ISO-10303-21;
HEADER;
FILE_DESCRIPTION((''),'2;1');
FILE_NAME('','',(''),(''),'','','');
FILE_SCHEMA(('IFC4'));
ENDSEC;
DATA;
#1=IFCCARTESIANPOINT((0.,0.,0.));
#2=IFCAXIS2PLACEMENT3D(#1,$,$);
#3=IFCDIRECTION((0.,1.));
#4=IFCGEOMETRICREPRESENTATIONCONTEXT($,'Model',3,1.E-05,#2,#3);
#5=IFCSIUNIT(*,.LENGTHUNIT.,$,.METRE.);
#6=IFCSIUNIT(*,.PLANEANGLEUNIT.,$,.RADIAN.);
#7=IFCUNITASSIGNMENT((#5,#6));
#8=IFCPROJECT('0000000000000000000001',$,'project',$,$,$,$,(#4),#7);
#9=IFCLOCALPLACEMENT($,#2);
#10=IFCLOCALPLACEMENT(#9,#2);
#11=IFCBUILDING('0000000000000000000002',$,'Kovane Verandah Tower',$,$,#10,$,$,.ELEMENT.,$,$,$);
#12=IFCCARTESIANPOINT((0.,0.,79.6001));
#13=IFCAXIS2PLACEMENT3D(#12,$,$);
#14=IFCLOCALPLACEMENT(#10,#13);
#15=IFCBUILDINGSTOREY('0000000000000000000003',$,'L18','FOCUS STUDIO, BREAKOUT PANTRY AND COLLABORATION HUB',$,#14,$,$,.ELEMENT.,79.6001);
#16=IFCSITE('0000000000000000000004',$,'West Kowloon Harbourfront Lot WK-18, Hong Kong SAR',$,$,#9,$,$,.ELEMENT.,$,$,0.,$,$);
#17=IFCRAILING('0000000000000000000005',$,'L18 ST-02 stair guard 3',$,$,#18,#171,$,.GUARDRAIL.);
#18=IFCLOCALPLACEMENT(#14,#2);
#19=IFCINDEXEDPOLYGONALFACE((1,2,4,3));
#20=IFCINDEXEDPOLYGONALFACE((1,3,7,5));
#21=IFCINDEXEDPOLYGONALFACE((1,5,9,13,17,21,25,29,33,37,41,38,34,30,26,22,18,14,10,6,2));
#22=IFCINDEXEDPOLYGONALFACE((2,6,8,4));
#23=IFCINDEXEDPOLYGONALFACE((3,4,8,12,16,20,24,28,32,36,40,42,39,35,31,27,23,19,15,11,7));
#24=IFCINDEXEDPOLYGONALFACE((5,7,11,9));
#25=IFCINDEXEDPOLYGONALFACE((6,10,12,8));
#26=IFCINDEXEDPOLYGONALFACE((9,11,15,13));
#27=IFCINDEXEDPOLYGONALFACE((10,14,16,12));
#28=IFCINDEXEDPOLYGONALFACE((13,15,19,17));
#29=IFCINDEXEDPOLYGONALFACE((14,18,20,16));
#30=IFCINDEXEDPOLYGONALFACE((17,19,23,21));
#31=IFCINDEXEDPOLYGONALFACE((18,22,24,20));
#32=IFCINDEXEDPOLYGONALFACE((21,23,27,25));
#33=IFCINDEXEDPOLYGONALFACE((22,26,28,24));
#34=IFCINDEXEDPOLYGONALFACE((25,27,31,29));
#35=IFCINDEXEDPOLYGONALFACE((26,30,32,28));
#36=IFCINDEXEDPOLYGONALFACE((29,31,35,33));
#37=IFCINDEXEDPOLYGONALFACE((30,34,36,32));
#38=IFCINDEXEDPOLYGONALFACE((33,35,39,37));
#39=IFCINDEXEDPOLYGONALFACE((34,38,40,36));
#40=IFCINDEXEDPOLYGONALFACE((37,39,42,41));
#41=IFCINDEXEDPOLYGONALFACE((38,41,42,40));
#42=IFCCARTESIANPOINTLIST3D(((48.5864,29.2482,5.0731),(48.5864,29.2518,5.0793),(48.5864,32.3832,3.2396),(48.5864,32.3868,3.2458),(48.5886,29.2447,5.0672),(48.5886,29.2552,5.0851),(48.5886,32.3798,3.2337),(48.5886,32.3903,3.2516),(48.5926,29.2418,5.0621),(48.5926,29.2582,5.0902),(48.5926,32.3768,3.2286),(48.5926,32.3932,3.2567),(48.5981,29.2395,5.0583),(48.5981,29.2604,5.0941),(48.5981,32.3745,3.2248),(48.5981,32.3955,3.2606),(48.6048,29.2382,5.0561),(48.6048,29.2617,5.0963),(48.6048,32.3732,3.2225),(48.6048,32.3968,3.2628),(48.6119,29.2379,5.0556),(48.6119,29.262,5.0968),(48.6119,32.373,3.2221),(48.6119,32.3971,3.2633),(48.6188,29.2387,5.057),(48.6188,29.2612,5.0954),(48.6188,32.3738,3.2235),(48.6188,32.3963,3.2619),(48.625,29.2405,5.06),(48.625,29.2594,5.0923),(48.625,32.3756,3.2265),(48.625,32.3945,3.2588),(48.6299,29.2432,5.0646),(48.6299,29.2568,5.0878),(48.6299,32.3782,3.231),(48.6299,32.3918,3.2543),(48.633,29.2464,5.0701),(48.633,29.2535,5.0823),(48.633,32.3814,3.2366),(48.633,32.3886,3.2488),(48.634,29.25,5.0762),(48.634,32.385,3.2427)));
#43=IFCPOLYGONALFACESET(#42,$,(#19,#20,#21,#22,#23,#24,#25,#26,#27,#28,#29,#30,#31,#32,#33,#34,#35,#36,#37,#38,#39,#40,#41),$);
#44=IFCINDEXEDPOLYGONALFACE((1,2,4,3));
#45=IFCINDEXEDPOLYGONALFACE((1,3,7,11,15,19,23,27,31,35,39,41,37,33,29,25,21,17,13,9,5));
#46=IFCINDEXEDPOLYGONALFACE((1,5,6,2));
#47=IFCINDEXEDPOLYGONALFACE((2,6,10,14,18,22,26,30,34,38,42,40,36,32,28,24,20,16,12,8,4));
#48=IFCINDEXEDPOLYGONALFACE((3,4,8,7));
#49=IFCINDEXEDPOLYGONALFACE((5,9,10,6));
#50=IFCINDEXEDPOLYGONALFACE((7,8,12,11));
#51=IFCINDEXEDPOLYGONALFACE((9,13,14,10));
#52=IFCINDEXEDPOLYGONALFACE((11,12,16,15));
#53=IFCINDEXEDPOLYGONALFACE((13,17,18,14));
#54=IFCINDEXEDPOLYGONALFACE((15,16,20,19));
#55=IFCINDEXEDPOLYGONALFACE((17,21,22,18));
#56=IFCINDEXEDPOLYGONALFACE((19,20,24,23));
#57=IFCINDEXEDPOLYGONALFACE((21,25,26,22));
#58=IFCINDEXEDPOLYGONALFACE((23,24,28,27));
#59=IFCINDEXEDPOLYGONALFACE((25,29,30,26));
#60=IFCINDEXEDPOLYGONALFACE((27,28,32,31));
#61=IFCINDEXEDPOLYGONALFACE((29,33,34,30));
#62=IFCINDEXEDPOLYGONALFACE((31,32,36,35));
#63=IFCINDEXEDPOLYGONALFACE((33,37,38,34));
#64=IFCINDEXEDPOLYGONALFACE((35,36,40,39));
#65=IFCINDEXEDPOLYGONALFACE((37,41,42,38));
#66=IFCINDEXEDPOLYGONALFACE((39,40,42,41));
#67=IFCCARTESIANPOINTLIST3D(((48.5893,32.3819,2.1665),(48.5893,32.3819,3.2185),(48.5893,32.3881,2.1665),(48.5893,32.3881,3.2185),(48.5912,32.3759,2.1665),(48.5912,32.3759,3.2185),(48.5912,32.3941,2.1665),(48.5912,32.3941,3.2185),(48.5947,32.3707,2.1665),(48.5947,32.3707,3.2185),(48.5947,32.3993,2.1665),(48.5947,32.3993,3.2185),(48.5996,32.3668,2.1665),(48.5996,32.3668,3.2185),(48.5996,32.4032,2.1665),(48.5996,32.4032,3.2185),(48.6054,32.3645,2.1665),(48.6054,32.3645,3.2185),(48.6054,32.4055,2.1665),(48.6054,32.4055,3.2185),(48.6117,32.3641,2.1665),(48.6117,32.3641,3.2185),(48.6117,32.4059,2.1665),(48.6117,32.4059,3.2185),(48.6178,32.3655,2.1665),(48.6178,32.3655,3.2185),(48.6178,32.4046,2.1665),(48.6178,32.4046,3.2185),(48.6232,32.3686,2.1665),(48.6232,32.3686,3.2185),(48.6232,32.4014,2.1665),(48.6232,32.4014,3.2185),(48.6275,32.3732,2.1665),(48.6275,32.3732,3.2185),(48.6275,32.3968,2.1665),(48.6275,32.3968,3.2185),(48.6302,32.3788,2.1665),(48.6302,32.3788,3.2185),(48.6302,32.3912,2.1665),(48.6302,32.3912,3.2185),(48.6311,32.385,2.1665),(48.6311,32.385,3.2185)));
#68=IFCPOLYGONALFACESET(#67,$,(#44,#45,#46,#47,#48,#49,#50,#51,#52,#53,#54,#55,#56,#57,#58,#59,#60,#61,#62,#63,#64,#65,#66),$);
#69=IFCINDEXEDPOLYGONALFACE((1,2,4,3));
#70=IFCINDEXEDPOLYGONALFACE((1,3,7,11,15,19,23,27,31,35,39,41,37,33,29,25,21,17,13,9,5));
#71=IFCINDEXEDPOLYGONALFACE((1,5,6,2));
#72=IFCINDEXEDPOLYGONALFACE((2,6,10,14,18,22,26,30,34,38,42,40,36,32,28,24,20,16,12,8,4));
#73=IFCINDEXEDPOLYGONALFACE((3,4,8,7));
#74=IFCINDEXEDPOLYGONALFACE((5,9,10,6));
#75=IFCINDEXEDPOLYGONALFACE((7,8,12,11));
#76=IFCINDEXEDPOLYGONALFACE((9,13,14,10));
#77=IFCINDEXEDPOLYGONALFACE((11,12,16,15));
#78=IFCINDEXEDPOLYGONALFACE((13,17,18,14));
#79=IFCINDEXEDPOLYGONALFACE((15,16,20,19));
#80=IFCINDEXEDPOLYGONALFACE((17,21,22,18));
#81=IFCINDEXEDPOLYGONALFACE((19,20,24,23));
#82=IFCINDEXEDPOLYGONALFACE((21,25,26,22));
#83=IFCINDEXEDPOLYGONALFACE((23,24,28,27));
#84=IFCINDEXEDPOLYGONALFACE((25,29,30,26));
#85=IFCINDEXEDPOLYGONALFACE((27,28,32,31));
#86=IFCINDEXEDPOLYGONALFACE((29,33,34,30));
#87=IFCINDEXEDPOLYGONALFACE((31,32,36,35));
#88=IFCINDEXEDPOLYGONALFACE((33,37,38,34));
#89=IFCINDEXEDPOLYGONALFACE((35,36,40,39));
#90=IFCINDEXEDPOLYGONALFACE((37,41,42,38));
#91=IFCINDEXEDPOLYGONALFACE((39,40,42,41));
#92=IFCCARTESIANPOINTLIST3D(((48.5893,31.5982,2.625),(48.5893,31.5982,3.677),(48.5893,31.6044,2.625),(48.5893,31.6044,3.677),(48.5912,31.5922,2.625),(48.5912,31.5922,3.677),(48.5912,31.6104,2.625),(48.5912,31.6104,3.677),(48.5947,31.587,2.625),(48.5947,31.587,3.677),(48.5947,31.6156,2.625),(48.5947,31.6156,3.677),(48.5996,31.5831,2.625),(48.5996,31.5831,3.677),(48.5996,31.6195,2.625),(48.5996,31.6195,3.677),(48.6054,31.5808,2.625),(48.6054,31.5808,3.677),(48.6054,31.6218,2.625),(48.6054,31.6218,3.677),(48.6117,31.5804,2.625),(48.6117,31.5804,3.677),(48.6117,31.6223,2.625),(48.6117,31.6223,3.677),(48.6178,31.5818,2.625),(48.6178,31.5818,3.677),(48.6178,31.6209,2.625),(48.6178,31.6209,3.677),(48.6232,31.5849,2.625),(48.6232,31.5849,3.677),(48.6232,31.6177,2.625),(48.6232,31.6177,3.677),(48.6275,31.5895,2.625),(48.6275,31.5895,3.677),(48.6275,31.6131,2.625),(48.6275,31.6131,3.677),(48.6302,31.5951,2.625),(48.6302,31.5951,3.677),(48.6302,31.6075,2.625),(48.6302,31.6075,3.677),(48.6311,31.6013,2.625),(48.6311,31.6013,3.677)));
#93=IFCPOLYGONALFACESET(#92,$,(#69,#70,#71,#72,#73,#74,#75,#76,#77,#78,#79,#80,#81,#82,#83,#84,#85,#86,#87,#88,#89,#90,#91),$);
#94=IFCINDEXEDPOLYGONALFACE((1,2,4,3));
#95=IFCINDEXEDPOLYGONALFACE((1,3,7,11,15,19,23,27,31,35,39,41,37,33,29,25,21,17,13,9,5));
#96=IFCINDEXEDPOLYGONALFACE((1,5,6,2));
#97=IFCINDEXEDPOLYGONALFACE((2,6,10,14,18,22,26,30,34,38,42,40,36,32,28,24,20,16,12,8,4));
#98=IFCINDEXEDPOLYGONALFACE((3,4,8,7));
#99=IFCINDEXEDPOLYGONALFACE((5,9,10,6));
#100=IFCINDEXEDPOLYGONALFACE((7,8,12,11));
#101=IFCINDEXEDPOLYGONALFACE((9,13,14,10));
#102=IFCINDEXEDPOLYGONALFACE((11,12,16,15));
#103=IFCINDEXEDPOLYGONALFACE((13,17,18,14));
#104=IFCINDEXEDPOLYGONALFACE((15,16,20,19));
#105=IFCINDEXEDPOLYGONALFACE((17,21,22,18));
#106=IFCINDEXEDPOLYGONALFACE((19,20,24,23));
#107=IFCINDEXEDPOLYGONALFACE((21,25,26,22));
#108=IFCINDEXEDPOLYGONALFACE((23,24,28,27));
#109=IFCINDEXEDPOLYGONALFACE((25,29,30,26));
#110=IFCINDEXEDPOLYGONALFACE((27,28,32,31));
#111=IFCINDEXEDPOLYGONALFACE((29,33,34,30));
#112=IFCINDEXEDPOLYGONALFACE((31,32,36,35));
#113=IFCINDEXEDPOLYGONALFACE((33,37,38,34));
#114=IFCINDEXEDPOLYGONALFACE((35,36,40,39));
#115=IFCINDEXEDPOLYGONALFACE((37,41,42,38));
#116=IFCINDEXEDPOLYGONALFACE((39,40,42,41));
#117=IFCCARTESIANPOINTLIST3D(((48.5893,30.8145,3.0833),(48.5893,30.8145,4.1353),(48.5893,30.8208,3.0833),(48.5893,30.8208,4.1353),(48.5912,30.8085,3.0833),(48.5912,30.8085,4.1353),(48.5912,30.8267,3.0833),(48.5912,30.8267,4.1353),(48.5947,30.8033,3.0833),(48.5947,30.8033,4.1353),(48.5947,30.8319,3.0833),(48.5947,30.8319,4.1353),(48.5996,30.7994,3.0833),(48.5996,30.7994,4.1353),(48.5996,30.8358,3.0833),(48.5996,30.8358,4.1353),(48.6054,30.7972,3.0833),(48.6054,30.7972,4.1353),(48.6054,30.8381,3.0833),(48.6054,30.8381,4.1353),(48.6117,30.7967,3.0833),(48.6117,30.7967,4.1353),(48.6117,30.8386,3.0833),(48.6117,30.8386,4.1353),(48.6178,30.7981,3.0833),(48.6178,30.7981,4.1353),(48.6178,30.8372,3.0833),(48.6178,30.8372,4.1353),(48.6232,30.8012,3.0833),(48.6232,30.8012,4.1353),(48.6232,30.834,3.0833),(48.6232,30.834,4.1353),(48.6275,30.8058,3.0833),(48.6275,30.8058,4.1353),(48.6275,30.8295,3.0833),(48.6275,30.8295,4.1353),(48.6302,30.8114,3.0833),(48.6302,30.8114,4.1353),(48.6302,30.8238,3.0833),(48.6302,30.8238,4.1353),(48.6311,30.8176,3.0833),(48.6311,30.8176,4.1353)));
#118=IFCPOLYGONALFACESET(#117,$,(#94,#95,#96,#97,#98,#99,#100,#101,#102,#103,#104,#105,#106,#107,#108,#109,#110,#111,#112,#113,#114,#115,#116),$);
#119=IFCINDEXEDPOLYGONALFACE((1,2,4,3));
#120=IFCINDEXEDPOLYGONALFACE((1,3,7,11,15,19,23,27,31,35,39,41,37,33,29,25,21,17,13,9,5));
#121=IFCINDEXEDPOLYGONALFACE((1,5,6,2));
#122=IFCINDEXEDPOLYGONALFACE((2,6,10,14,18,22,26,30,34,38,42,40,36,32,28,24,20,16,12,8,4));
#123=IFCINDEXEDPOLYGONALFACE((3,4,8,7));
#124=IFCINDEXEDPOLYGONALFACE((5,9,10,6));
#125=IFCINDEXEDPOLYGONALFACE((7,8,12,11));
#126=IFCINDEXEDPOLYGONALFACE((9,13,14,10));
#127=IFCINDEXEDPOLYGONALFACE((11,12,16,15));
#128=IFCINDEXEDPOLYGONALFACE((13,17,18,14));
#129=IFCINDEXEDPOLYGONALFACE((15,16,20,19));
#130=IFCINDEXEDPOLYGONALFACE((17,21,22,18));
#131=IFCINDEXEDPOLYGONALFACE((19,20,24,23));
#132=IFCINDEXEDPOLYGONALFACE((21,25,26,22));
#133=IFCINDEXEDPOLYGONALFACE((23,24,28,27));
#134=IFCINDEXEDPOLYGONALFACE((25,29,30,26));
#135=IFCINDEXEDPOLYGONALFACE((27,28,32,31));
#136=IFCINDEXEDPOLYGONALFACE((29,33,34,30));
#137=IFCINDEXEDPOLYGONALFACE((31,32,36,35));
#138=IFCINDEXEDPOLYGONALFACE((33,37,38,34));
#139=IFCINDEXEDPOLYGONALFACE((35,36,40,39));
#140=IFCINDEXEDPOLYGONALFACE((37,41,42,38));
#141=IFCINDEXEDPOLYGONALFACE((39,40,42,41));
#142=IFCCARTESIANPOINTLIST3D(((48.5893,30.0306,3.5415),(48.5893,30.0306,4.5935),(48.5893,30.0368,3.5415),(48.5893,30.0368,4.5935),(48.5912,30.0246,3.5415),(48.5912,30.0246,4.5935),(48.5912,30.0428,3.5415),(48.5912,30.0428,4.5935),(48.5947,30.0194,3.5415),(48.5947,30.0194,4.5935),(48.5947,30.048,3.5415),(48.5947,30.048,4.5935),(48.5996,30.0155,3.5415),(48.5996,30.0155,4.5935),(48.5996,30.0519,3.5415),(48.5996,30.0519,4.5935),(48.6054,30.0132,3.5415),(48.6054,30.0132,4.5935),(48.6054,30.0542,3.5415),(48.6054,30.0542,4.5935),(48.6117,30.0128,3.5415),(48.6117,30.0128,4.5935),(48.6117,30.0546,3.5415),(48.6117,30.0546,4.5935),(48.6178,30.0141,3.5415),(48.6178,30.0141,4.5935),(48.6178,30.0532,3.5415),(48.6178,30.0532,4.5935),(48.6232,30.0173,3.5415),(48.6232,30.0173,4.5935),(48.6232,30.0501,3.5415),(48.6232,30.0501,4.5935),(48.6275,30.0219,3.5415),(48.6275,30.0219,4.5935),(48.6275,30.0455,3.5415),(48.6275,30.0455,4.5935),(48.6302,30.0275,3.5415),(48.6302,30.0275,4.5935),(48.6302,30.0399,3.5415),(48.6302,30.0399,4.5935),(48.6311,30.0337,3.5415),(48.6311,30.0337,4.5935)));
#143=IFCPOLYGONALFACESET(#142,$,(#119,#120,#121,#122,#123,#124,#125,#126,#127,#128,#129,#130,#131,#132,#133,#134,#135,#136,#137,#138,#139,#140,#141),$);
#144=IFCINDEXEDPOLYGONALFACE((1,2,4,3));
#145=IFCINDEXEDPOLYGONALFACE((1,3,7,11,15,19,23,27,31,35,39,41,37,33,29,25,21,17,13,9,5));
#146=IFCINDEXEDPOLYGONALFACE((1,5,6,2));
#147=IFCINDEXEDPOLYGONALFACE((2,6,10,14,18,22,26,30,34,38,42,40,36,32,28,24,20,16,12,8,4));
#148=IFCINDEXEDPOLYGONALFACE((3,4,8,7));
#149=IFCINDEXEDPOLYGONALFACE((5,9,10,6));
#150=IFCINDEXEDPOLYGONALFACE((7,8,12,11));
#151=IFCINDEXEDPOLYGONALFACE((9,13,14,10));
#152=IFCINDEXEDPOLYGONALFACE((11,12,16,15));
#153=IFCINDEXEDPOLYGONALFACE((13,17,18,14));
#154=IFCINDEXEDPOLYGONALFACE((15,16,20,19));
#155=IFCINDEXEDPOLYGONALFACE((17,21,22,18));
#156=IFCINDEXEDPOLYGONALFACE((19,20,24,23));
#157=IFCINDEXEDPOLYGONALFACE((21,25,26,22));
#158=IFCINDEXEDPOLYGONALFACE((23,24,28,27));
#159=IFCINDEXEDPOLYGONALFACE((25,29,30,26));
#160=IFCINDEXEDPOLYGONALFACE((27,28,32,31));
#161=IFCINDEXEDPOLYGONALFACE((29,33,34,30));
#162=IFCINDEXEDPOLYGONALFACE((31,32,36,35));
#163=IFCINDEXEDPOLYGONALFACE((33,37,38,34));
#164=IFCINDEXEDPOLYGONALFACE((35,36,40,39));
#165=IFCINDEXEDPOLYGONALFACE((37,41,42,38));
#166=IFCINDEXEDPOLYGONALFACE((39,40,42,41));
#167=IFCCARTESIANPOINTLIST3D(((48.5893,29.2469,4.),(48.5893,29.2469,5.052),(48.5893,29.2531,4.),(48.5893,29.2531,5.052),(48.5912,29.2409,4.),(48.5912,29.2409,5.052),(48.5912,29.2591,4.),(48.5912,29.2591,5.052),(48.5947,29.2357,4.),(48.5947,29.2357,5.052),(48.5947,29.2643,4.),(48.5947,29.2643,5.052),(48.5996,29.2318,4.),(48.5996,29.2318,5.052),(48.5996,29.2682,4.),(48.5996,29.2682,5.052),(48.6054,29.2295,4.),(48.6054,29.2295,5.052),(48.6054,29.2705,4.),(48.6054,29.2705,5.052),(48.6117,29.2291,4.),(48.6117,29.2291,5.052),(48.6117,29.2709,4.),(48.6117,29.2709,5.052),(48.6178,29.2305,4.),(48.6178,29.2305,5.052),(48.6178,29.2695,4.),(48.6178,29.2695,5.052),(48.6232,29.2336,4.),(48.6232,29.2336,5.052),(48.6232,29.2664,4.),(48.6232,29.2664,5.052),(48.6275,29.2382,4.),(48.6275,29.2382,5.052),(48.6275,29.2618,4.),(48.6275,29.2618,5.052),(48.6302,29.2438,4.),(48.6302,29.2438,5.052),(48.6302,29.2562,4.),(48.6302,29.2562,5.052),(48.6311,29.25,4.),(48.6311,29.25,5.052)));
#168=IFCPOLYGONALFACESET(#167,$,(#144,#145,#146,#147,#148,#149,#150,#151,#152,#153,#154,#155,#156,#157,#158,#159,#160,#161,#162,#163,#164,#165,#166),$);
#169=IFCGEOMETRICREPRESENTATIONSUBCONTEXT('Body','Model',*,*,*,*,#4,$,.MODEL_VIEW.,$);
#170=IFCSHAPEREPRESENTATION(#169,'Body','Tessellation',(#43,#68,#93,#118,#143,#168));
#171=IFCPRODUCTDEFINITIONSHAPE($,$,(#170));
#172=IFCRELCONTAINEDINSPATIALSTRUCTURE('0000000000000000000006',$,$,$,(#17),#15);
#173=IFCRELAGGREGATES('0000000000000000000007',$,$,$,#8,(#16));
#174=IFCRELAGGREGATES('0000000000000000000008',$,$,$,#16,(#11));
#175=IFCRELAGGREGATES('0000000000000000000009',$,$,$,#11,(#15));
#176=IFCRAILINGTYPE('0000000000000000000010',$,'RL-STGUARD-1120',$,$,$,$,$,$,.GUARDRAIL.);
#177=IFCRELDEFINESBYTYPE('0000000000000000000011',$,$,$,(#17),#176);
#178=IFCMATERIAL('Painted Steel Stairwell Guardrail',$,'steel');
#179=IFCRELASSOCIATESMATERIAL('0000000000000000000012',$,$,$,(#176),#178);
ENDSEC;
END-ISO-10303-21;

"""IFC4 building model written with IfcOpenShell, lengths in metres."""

from ifc_helpers import new_model, si_unit, direction, frame, origin, origin_2d, place, context, subcontext, project, spatial, circle, extrude, material, type_object, element, save


model = new_model("IFC4")

# Units and contexts
model_context = context("Model", 3, precision=1e-05, world=origin(), true_north=direction((0.0, 1.0)))
body_context = subcontext(model_context, "Body", "Model", "MODEL_VIEW")
ifc_project = project(units=[si_unit("LENGTHUNIT", "METRE"), si_unit("PLANEANGLEUNIT", "RADIAN")], contexts=[model_context])

# Site, building, storey
site_placement = place(None, origin())
site = spatial("IfcSite", under=ifc_project, at=site_placement, Name="West Kowloon Harbourfront Lot WK-18, Hong Kong SAR", CompositionType="ELEMENT", RefElevation=0.0)
building_placement = place(site_placement, origin())
building = spatial("IfcBuilding", under=site, at=building_placement, Name="Kovane Verandah Tower", CompositionType="ELEMENT")
storey_placement = place(building_placement, frame((0.0, 0.0, 79.6001)))
storey = spatial("IfcBuildingStorey", under=building, at=storey_placement, Name="L18", Description="FOCUS STUDIO, BREAKOUT PANTRY AND COLLABORATION HUB", CompositionType="ELEMENT", Elevation=79.6001)

# Railing
ifc_material_1 = material(Name="Painted Steel Stairwell Guardrail", Category="steel")
railing_type = type_object("IfcRailingType", Name="RL-STGUARD-1120", PredefinedType="GUARDRAIL", material=ifc_material_1)
railing_1_placement = place(storey_placement, frame((48.6101, 32.385, 2.1665)))
element("IfcRailing", 1, at=railing_1_placement, inside=storey, type_object=railing_type, Name="L18 ST-02 stair guard 3", PredefinedType="GUARDRAIL", context=body_context, shape_type="SweptSolid", body=[
    extrude(circle(Radius=0.0239, at=origin_2d()), frame((0.0, 0.0, 1.0762), z_axis=(0.0, -0.86321, 0.504845), x_axis=(1.0, 0.0, 0.0)), (0.0, 0.0, 1.0), 3.6318),
    extrude(circle(Radius=0.021, at=origin_2d()), origin(), (0.0, 0.0, 1.0), 1.052),
    extrude(circle(Radius=0.021, at=origin_2d()), frame((0.0, -0.7837, 0.4585)), (0.0, 0.0, 1.0), 1.052),
    extrude(circle(Radius=0.021, at=origin_2d()), frame((0.0, -1.5674, 0.9167)), (0.0, 0.0, 1.0), 1.052),
    extrude(circle(Radius=0.021, at=origin_2d()), frame((0.0, -2.3513, 1.375)), (0.0, 0.0, 1.0), 1.052),
    extrude(circle(Radius=0.021, at=origin_2d()), frame((0.0, -3.135, 1.8335)), (0.0, 0.0, 1.0), 1.052),
])

save(model, "model.ifc")
